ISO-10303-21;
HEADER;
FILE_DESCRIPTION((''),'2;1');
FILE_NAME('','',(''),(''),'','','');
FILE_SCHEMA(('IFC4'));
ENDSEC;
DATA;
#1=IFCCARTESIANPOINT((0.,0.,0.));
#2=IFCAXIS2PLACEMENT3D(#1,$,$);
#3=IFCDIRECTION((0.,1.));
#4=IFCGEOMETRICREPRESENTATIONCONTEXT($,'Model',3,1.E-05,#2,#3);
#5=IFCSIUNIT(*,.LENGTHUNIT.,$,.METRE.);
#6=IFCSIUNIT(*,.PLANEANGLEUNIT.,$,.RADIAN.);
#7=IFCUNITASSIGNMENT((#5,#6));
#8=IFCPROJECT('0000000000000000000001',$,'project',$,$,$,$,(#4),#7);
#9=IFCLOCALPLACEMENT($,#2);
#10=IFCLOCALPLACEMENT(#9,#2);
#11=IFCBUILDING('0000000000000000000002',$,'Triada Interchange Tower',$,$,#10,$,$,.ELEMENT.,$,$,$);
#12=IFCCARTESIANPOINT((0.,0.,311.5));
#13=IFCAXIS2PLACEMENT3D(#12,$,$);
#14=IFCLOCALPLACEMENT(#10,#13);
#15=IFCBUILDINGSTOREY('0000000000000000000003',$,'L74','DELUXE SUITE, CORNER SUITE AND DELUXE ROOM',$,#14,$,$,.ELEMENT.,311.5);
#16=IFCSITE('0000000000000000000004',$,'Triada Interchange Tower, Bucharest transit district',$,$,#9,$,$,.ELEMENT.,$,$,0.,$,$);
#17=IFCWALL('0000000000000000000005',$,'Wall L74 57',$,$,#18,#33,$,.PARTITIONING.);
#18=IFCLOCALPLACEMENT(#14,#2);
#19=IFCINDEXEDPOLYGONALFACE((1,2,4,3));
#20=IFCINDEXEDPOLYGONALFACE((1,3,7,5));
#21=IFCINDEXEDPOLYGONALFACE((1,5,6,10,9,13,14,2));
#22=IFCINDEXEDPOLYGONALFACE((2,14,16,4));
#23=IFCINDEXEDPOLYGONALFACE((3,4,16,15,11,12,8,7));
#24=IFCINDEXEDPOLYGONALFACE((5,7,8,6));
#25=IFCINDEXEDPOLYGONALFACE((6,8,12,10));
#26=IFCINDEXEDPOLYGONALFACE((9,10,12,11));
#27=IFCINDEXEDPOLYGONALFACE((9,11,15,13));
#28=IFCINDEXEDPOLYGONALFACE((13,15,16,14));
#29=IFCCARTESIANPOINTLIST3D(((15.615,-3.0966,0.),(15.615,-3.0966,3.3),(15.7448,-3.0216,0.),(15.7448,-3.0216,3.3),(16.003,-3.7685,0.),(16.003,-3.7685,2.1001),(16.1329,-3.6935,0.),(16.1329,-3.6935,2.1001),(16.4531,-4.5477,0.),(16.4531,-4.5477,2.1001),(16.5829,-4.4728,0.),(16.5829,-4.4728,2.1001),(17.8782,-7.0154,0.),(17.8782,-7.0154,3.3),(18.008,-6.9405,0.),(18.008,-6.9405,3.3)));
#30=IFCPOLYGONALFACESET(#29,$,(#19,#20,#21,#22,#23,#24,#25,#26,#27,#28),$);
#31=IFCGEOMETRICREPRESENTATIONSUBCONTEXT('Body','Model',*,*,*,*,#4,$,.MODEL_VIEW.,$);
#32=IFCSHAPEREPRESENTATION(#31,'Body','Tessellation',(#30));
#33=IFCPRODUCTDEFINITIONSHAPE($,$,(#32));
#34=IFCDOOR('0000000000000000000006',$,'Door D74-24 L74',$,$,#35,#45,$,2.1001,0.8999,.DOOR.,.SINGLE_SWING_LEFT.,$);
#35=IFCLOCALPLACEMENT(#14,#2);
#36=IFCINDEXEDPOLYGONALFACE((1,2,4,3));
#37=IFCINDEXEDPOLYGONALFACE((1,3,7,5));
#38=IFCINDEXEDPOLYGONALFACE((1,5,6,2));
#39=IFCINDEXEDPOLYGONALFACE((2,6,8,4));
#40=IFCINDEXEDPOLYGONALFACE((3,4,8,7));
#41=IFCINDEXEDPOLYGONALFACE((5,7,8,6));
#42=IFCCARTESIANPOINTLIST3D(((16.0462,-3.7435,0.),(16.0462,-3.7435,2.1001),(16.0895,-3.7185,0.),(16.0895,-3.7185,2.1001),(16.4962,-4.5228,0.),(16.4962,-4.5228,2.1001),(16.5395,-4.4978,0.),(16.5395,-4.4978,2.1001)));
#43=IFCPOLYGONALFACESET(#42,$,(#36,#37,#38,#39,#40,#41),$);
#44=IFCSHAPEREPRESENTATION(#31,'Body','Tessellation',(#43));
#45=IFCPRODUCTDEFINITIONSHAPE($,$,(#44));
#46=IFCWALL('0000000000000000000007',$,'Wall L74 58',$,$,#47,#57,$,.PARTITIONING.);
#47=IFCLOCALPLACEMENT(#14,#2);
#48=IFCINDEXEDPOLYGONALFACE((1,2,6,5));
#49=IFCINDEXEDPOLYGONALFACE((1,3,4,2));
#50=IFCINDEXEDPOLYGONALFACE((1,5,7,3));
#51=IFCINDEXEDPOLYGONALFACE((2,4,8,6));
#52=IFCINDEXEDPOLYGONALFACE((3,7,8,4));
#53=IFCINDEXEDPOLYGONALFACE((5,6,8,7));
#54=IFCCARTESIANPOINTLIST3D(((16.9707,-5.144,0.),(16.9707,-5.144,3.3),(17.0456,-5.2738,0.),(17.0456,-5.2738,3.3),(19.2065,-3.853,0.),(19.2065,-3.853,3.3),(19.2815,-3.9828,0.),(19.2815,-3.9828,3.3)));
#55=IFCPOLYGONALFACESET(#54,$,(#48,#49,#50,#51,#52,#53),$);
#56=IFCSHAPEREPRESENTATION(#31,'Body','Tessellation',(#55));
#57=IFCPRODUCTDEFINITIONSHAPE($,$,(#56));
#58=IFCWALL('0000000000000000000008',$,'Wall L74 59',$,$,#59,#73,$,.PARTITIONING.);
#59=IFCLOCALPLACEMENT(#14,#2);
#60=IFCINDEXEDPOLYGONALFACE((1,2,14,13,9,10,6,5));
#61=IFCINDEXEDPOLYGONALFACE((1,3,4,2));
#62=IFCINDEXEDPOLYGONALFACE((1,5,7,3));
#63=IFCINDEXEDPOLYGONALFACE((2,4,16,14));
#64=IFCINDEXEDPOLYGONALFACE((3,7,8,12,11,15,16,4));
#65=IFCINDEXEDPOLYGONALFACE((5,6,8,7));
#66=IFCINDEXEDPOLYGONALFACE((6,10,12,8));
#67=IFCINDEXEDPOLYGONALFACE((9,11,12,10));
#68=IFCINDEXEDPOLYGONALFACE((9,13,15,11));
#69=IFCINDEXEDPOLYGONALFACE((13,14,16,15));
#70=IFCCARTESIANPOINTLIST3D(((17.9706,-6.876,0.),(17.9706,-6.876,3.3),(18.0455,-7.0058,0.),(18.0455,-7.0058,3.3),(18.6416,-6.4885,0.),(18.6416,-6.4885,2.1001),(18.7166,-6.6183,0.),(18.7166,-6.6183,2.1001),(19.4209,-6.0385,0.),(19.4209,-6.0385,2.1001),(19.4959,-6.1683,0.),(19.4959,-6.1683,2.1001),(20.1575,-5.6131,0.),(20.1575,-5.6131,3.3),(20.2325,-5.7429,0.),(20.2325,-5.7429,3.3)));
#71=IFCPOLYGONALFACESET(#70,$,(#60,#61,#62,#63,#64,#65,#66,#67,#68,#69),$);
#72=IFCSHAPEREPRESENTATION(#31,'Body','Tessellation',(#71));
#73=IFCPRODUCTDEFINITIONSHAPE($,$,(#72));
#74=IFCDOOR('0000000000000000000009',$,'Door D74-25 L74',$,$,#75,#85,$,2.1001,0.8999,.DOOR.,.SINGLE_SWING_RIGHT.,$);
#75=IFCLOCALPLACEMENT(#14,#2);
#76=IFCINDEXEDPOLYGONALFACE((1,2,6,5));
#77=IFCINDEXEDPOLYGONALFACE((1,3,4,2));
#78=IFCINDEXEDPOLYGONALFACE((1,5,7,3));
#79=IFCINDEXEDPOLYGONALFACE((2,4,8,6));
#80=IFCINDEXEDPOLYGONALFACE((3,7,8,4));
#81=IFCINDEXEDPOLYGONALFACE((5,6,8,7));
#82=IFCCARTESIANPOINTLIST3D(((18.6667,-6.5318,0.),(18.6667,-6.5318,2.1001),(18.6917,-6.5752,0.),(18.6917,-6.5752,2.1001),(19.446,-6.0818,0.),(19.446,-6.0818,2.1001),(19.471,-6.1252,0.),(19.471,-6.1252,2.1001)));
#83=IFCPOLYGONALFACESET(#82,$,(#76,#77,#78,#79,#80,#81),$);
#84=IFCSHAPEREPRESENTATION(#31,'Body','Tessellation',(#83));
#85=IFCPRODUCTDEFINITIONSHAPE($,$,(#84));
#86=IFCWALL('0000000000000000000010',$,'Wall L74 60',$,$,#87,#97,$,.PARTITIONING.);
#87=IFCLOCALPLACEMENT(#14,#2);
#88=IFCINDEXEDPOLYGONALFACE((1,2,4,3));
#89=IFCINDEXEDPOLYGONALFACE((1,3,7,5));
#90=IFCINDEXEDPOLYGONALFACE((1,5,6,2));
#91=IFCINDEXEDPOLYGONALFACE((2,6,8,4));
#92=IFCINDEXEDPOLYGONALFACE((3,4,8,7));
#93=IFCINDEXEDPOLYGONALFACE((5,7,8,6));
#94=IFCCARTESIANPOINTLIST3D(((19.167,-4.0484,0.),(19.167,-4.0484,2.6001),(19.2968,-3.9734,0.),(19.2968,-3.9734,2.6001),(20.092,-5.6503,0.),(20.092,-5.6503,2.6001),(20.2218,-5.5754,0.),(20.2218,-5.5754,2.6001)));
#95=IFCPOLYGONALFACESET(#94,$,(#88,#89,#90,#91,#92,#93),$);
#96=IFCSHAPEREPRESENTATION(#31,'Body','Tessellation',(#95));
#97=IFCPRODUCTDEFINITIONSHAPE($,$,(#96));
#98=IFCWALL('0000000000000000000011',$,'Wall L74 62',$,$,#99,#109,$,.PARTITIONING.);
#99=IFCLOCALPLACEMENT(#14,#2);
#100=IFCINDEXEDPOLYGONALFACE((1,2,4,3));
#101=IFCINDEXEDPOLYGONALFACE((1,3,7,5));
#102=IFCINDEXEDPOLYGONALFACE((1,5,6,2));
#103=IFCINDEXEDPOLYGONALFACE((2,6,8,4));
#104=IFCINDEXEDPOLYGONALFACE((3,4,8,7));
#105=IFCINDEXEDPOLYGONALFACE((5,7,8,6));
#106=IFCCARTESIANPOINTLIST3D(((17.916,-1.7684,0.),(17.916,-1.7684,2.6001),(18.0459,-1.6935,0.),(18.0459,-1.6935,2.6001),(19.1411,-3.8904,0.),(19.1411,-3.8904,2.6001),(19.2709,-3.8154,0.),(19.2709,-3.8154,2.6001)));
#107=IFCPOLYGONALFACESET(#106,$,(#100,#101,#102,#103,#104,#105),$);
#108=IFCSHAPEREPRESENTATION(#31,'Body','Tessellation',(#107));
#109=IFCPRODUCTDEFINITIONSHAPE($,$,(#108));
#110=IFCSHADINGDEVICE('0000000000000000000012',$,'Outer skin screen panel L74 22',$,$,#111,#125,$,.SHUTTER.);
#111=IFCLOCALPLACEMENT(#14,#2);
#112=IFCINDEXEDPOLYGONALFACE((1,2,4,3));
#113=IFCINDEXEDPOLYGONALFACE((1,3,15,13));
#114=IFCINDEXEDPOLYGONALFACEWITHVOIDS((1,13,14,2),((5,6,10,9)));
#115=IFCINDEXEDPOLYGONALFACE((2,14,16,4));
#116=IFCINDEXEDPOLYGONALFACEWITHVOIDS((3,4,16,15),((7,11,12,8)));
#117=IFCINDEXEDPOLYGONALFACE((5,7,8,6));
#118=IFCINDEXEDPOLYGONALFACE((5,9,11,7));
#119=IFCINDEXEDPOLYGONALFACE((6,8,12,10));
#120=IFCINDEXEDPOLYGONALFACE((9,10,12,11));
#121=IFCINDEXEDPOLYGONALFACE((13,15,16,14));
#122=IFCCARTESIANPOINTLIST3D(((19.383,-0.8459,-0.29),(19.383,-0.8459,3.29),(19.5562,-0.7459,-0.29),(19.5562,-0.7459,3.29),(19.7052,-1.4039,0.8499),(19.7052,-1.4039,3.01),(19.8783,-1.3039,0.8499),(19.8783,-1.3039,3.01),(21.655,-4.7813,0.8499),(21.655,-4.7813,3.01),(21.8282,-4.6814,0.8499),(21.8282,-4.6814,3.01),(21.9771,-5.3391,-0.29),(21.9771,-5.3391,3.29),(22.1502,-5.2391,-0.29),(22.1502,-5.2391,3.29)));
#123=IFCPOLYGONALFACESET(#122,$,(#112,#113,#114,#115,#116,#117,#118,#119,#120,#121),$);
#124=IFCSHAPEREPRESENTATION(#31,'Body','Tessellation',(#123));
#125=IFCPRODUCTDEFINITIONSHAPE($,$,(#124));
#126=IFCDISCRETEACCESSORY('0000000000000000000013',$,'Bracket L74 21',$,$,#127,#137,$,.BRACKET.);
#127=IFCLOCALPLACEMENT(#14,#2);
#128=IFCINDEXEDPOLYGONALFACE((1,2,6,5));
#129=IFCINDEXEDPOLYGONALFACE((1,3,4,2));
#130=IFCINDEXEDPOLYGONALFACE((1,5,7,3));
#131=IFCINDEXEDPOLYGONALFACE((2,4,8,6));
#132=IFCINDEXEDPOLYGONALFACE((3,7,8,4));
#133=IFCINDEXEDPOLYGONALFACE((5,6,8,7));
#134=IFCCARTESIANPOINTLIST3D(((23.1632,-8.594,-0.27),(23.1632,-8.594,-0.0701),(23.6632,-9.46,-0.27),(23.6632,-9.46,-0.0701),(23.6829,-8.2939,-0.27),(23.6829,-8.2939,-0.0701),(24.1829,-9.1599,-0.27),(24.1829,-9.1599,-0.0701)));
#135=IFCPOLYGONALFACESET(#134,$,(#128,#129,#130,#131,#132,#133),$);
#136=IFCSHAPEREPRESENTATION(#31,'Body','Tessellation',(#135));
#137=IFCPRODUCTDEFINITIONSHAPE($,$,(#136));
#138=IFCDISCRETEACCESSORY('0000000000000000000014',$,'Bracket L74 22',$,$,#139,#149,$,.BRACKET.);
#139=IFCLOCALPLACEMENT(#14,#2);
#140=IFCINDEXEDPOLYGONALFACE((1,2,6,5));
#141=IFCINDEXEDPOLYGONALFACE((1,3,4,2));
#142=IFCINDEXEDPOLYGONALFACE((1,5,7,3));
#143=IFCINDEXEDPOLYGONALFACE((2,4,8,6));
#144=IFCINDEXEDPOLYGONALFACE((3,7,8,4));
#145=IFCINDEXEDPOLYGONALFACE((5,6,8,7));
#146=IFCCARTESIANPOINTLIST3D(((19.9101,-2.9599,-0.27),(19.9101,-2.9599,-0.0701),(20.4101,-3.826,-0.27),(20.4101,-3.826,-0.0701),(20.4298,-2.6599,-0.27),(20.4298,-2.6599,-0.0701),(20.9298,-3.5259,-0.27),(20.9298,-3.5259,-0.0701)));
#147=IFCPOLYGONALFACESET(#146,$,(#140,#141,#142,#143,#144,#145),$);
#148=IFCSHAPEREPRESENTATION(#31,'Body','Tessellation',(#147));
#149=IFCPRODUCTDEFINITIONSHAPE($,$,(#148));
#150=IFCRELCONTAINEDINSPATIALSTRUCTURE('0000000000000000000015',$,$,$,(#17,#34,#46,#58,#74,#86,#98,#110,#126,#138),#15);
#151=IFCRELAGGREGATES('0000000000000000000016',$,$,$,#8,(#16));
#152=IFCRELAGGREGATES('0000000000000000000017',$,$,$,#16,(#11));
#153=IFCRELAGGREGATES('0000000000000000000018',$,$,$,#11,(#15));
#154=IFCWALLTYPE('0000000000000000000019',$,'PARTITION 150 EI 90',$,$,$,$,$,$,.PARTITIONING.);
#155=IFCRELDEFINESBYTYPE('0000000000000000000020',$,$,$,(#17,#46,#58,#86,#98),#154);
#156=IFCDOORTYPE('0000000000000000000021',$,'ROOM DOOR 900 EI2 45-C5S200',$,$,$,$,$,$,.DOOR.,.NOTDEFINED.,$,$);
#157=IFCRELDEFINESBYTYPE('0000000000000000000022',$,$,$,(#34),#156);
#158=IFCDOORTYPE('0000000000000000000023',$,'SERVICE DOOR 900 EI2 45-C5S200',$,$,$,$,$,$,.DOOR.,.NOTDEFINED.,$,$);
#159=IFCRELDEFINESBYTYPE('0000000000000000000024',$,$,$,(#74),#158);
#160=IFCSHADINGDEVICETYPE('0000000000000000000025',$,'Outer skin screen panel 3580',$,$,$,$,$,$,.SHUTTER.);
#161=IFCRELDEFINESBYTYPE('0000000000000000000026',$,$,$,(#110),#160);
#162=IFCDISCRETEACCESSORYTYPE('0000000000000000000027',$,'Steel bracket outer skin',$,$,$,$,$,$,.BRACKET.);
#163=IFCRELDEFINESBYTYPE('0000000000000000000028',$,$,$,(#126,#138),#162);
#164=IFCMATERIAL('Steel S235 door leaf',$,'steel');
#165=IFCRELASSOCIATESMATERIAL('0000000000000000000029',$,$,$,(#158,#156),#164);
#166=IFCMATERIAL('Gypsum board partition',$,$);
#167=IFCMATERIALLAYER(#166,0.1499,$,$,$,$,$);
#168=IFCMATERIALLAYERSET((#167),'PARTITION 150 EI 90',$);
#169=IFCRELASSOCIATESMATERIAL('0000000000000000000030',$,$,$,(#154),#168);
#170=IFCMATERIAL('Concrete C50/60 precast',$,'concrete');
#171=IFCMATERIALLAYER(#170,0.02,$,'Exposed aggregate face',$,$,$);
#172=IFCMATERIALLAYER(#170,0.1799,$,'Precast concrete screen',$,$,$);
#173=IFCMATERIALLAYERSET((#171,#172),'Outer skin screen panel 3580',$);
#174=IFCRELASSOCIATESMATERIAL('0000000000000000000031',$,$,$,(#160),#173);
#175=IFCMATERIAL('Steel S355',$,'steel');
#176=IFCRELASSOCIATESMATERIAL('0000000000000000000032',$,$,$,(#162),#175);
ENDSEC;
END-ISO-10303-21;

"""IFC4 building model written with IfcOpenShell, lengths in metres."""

from ifc_helpers import new_model, si_unit, direction, frame, frame_2d, origin, origin_2d, place, context, subcontext, project, spatial, polyline, rectangle, outline, extrude, material, layer, layer_set, type_object, element, fill, save


model = new_model("IFC4")

# Units and contexts
model_context = context("Model", 3, precision=1e-05, world=origin(), true_north=direction((0.0, 1.0)))
body_context = subcontext(model_context, "Body", "Model", "MODEL_VIEW")
ifc_project = project(units=[si_unit("LENGTHUNIT", "METRE"), si_unit("PLANEANGLEUNIT", "RADIAN")], contexts=[model_context])

# Site, building, storey
site_placement = place(None, origin())
site = spatial("IfcSite", under=ifc_project, at=site_placement, Name="Triada Interchange Tower, Bucharest transit district", CompositionType="ELEMENT", RefElevation=0.0)
building_placement = place(site_placement, origin())
building = spatial("IfcBuilding", under=site, at=building_placement, Name="Triada Interchange Tower", CompositionType="ELEMENT")
storey_placement = place(building_placement, frame((0.0, 0.0, 311.5)))
storey = spatial("IfcBuildingStorey", under=building, at=storey_placement, Name="L74", Description="DELUXE SUITE, CORNER SUITE AND DELUXE ROOM", CompositionType="ELEMENT", Elevation=311.5)

# Shared definitions
ifc_material_1 = material(Name="Steel S235 door leaf", Category="steel")
door_type_1 = type_object("IfcDoorType", Name="SERVICE DOOR 900 EI2 45-C5S200", OperationType="NOTDEFINED", PredefinedType="DOOR", material=ifc_material_1)

# Shared definitions
ifc_material_2 = material(Name="Gypsum board partition")

# Wall, opening, door
ifc_layer_1 = layer(ifc_material_2, 0.1499)
ifc_layer_set_1 = layer_set([ifc_layer_1], Name="PARTITION 150 EI 90")
wall_type_1 = type_object("IfcWallType", Name="PARTITION 150 EI 90", PredefinedType="PARTITIONING", material=ifc_layer_set_1)
wall_1_placement = place(storey_placement, frame((15.6799, -3.0591, 0.0), z_axis=(0.0, 0.0, 1.0), x_axis=(0.500096, -0.86597, 0.0)))
wall_1 = element("IfcWall", 1, at=wall_1_placement, inside=storey, type_object=wall_type_1, Name="Wall L74 57", PredefinedType="PARTITIONING", context=body_context, shape_type="SweptSolid", body=[
    extrude(rectangle(XDim=4.5254, YDim=0.1499, at=frame_2d((2.2627, 0.0))), origin(), (0.0, 0.0, 1.0), 3.3),
])
opening_1_placement = place(wall_1_placement, frame((0.7759, 0.0, 0.0)))
opening_1 = element("IfcOpeningElement", 2, at=opening_1_placement, cuts=wall_1, PredefinedType="OPENING", context=body_context, shape_type="SweptSolid", body=[
    extrude(rectangle(XDim=0.8999, YDim=2.1001, at=frame_2d((0.45, 1.05))), frame((0.0, 0.085, 0.0), z_axis=(0.0, -1.0, 0.0), x_axis=(1.0, 0.0, 0.0)), (0.0, 0.0, 1.0), 0.1699),
])
door_type_2 = type_object("IfcDoorType", Name="ROOM DOOR 900 EI2 45-C5S200", OperationType="NOTDEFINED", PredefinedType="DOOR", material=ifc_material_1)
door_1_placement = place(opening_1_placement, origin())
door_1 = element("IfcDoor", 3, at=door_1_placement, inside=storey, type_object=door_type_2, Name="Door D74-24 L74", OperationType="SINGLE_SWING_LEFT", OverallHeight=2.1001, OverallWidth=0.8999, PredefinedType="DOOR", context=body_context, shape_type="SweptSolid", body=[
    extrude(rectangle(XDim=0.8999, YDim=2.1001, at=frame_2d((0.45, 1.05))), frame((0.0, 0.0249, 0.0), z_axis=(0.0, -1.0, 0.0), x_axis=(1.0, 0.0, 0.0)), (0.0, 0.0, 1.0), 0.05),
])
fill(opening_1, door_1)

# Wall
wall_2_placement = place(storey_placement, frame((17.0081, -5.209, 0.0), z_axis=(0.0, 0.0, 1.0), x_axis=(0.866, 0.500044, 0.0)))
element("IfcWall", 4, at=wall_2_placement, inside=storey, type_object=wall_type_1, Name="Wall L74 58", PredefinedType="PARTITIONING", context=body_context, shape_type="SweptSolid", body=[
    extrude(rectangle(XDim=2.5818, YDim=0.1499, at=frame_2d((1.291, 0.0))), origin(), (0.0, 0.0, 1.0), 3.3),
])

# Wall, opening, door
wall_3_placement = place(storey_placement, frame((18.0081, -6.9409, 0.0), z_axis=(0.0, 0.0, 1.0), x_axis=(0.86598, 0.500079, 0.0)))
wall_3 = element("IfcWall", 5, at=wall_3_placement, inside=storey, type_object=wall_type_1, Name="Wall L74 59", PredefinedType="PARTITIONING", context=body_context, shape_type="SweptSolid", body=[
    extrude(rectangle(XDim=2.5254, YDim=0.1499, at=frame_2d((1.2627, 0.0))), origin(), (0.0, 0.0, 1.0), 3.3),
])
opening_2_placement = place(wall_3_placement, frame((0.7749, 0.0, 0.0)))
opening_2 = element("IfcOpeningElement", 6, at=opening_2_placement, cuts=wall_3, PredefinedType="OPENING", context=body_context, shape_type="SweptSolid", body=[
    extrude(rectangle(XDim=0.8999, YDim=2.1001, at=frame_2d((0.45, 1.05))), frame((0.0, 0.085, 0.0), z_axis=(0.0, -1.0, 0.0), x_axis=(1.0, 0.0, 0.0)), (0.0, 0.0, 1.0), 0.1699),
])
door_2_placement = place(opening_2_placement, origin())
door_2 = element("IfcDoor", 7, at=door_2_placement, inside=storey, type_object=door_type_1, Name="Door D74-25 L74", OperationType="SINGLE_SWING_RIGHT", OverallHeight=2.1001, OverallWidth=0.8999, PredefinedType="DOOR", context=body_context, shape_type="SweptSolid", body=[
    extrude(rectangle(XDim=0.8999, YDim=2.1001, at=frame_2d((0.45, 1.05))), frame((0.0, 0.0249, 0.0), z_axis=(0.0, -1.0, 0.0), x_axis=(1.0, 0.0, 0.0)), (0.0, 0.0, 1.0), 0.05),
])
fill(opening_2, door_2)

# Walls
wall_4_placement = place(storey_placement, frame((19.2319, -4.011, 0.0), z_axis=(0.0, 0.0, 1.0), x_axis=(0.500042, -0.866001, 0.0)))
element("IfcWall", 8, at=wall_4_placement, inside=storey, type_object=wall_type_1, Name="Wall L74 60", PredefinedType="PARTITIONING", context=body_context, shape_type="SweptSolid", body=[
    extrude(rectangle(XDim=1.8499, YDim=0.1499, at=frame_2d((0.9248, 0.0))), origin(), (0.0, 0.0, 1.0), 2.6001),
])
wall_5_placement = place(storey_placement, frame((17.981, -1.731, 0.0), z_axis=(0.0, 0.0, 1.0), x_axis=(0.499975, -0.86604, 0.0)))
element("IfcWall", 9, at=wall_5_placement, inside=storey, type_object=wall_type_1, Name="Wall L74 62", PredefinedType="PARTITIONING", context=body_context, shape_type="SweptSolid", body=[
    extrude(rectangle(XDim=2.4502, YDim=0.1499, at=frame_2d((1.2251, 0.0))), origin(), (0.0, 0.0, 1.0), 2.6001),
])

# Shading device
ifc_material_3 = material(Name="Concrete C50/60 precast", Category="concrete")
ifc_layer_2 = layer(ifc_material_3, 0.02, Name="Exposed aggregate face")
ifc_layer_3 = layer(ifc_material_3, 0.1799, Name="Precast concrete screen")
ifc_layer_set_2 = layer_set([ifc_layer_2, ifc_layer_3], Name="Outer skin screen panel 3580")
shading_device_type = type_object("IfcShadingDeviceType", Name="Outer skin screen panel 3580", PredefinedType="SHUTTER", material=ifc_layer_set_2)
shading_device_placement = place(storey_placement, frame((21.9771, -5.3391, -0.29), z_axis=(0.0, 0.0, 1.0), x_axis=(-0.49998, 0.866037, 0.0)))
element("IfcShadingDevice", 10, at=shading_device_placement, inside=storey, type_object=shading_device_type, Name="Outer skin screen panel L74 22", PredefinedType="SHUTTER", context=body_context, shape_type="SweptSolid", body=[
    extrude(outline(polyline([(0.0, 0.0), (5.1882, 0.0), (5.1882, 3.5801), (0.0, 3.5801), (0.0, 0.0)]), holes=[polyline([(0.644, 1.1399), (0.644, 3.3), (4.5439, 3.3), (4.5439, 1.1399), (0.644, 1.1399)])]), frame((0.0, 0.0, 0.0), z_axis=(0.0, -1.0, 0.0), x_axis=(1.0, 0.0, 0.0)), (0.0, 0.0, 1.0), 0.2),
])

# Discrete accessories
ifc_material_4 = material(Name="Steel S355", Category="steel")
discrete_accessory_type = type_object("IfcDiscreteAccessoryType", Name="Steel bracket outer skin", PredefinedType="BRACKET", material=ifc_material_4)
for number, where, z_axis, x_axis, name in (
    (11, (23.6731, -8.877, -0.27), (0.0, 0.0, 1.0), (0.866025, 0.500001, 0.0), "Bracket L74 21"),
    (12, (20.4199, -3.2429, -0.27), (0.0, 0.0, 1.0), (0.866025, 0.500001, 0.0), "Bracket L74 22"),
):
    element("IfcDiscreteAccessory", number, at=place(storey_placement, frame(where, z_axis=z_axis, x_axis=x_axis)), inside=storey, type_object=discrete_accessory_type, Name=name, PredefinedType="BRACKET", context=body_context, shape_type="SweptSolid", body=[
        extrude(rectangle(XDim=0.6001, YDim=1.0, at=origin_2d()), origin(), (0.0, 0.0, 1.0), 0.2),
    ])

save(model, "model.ifc")
